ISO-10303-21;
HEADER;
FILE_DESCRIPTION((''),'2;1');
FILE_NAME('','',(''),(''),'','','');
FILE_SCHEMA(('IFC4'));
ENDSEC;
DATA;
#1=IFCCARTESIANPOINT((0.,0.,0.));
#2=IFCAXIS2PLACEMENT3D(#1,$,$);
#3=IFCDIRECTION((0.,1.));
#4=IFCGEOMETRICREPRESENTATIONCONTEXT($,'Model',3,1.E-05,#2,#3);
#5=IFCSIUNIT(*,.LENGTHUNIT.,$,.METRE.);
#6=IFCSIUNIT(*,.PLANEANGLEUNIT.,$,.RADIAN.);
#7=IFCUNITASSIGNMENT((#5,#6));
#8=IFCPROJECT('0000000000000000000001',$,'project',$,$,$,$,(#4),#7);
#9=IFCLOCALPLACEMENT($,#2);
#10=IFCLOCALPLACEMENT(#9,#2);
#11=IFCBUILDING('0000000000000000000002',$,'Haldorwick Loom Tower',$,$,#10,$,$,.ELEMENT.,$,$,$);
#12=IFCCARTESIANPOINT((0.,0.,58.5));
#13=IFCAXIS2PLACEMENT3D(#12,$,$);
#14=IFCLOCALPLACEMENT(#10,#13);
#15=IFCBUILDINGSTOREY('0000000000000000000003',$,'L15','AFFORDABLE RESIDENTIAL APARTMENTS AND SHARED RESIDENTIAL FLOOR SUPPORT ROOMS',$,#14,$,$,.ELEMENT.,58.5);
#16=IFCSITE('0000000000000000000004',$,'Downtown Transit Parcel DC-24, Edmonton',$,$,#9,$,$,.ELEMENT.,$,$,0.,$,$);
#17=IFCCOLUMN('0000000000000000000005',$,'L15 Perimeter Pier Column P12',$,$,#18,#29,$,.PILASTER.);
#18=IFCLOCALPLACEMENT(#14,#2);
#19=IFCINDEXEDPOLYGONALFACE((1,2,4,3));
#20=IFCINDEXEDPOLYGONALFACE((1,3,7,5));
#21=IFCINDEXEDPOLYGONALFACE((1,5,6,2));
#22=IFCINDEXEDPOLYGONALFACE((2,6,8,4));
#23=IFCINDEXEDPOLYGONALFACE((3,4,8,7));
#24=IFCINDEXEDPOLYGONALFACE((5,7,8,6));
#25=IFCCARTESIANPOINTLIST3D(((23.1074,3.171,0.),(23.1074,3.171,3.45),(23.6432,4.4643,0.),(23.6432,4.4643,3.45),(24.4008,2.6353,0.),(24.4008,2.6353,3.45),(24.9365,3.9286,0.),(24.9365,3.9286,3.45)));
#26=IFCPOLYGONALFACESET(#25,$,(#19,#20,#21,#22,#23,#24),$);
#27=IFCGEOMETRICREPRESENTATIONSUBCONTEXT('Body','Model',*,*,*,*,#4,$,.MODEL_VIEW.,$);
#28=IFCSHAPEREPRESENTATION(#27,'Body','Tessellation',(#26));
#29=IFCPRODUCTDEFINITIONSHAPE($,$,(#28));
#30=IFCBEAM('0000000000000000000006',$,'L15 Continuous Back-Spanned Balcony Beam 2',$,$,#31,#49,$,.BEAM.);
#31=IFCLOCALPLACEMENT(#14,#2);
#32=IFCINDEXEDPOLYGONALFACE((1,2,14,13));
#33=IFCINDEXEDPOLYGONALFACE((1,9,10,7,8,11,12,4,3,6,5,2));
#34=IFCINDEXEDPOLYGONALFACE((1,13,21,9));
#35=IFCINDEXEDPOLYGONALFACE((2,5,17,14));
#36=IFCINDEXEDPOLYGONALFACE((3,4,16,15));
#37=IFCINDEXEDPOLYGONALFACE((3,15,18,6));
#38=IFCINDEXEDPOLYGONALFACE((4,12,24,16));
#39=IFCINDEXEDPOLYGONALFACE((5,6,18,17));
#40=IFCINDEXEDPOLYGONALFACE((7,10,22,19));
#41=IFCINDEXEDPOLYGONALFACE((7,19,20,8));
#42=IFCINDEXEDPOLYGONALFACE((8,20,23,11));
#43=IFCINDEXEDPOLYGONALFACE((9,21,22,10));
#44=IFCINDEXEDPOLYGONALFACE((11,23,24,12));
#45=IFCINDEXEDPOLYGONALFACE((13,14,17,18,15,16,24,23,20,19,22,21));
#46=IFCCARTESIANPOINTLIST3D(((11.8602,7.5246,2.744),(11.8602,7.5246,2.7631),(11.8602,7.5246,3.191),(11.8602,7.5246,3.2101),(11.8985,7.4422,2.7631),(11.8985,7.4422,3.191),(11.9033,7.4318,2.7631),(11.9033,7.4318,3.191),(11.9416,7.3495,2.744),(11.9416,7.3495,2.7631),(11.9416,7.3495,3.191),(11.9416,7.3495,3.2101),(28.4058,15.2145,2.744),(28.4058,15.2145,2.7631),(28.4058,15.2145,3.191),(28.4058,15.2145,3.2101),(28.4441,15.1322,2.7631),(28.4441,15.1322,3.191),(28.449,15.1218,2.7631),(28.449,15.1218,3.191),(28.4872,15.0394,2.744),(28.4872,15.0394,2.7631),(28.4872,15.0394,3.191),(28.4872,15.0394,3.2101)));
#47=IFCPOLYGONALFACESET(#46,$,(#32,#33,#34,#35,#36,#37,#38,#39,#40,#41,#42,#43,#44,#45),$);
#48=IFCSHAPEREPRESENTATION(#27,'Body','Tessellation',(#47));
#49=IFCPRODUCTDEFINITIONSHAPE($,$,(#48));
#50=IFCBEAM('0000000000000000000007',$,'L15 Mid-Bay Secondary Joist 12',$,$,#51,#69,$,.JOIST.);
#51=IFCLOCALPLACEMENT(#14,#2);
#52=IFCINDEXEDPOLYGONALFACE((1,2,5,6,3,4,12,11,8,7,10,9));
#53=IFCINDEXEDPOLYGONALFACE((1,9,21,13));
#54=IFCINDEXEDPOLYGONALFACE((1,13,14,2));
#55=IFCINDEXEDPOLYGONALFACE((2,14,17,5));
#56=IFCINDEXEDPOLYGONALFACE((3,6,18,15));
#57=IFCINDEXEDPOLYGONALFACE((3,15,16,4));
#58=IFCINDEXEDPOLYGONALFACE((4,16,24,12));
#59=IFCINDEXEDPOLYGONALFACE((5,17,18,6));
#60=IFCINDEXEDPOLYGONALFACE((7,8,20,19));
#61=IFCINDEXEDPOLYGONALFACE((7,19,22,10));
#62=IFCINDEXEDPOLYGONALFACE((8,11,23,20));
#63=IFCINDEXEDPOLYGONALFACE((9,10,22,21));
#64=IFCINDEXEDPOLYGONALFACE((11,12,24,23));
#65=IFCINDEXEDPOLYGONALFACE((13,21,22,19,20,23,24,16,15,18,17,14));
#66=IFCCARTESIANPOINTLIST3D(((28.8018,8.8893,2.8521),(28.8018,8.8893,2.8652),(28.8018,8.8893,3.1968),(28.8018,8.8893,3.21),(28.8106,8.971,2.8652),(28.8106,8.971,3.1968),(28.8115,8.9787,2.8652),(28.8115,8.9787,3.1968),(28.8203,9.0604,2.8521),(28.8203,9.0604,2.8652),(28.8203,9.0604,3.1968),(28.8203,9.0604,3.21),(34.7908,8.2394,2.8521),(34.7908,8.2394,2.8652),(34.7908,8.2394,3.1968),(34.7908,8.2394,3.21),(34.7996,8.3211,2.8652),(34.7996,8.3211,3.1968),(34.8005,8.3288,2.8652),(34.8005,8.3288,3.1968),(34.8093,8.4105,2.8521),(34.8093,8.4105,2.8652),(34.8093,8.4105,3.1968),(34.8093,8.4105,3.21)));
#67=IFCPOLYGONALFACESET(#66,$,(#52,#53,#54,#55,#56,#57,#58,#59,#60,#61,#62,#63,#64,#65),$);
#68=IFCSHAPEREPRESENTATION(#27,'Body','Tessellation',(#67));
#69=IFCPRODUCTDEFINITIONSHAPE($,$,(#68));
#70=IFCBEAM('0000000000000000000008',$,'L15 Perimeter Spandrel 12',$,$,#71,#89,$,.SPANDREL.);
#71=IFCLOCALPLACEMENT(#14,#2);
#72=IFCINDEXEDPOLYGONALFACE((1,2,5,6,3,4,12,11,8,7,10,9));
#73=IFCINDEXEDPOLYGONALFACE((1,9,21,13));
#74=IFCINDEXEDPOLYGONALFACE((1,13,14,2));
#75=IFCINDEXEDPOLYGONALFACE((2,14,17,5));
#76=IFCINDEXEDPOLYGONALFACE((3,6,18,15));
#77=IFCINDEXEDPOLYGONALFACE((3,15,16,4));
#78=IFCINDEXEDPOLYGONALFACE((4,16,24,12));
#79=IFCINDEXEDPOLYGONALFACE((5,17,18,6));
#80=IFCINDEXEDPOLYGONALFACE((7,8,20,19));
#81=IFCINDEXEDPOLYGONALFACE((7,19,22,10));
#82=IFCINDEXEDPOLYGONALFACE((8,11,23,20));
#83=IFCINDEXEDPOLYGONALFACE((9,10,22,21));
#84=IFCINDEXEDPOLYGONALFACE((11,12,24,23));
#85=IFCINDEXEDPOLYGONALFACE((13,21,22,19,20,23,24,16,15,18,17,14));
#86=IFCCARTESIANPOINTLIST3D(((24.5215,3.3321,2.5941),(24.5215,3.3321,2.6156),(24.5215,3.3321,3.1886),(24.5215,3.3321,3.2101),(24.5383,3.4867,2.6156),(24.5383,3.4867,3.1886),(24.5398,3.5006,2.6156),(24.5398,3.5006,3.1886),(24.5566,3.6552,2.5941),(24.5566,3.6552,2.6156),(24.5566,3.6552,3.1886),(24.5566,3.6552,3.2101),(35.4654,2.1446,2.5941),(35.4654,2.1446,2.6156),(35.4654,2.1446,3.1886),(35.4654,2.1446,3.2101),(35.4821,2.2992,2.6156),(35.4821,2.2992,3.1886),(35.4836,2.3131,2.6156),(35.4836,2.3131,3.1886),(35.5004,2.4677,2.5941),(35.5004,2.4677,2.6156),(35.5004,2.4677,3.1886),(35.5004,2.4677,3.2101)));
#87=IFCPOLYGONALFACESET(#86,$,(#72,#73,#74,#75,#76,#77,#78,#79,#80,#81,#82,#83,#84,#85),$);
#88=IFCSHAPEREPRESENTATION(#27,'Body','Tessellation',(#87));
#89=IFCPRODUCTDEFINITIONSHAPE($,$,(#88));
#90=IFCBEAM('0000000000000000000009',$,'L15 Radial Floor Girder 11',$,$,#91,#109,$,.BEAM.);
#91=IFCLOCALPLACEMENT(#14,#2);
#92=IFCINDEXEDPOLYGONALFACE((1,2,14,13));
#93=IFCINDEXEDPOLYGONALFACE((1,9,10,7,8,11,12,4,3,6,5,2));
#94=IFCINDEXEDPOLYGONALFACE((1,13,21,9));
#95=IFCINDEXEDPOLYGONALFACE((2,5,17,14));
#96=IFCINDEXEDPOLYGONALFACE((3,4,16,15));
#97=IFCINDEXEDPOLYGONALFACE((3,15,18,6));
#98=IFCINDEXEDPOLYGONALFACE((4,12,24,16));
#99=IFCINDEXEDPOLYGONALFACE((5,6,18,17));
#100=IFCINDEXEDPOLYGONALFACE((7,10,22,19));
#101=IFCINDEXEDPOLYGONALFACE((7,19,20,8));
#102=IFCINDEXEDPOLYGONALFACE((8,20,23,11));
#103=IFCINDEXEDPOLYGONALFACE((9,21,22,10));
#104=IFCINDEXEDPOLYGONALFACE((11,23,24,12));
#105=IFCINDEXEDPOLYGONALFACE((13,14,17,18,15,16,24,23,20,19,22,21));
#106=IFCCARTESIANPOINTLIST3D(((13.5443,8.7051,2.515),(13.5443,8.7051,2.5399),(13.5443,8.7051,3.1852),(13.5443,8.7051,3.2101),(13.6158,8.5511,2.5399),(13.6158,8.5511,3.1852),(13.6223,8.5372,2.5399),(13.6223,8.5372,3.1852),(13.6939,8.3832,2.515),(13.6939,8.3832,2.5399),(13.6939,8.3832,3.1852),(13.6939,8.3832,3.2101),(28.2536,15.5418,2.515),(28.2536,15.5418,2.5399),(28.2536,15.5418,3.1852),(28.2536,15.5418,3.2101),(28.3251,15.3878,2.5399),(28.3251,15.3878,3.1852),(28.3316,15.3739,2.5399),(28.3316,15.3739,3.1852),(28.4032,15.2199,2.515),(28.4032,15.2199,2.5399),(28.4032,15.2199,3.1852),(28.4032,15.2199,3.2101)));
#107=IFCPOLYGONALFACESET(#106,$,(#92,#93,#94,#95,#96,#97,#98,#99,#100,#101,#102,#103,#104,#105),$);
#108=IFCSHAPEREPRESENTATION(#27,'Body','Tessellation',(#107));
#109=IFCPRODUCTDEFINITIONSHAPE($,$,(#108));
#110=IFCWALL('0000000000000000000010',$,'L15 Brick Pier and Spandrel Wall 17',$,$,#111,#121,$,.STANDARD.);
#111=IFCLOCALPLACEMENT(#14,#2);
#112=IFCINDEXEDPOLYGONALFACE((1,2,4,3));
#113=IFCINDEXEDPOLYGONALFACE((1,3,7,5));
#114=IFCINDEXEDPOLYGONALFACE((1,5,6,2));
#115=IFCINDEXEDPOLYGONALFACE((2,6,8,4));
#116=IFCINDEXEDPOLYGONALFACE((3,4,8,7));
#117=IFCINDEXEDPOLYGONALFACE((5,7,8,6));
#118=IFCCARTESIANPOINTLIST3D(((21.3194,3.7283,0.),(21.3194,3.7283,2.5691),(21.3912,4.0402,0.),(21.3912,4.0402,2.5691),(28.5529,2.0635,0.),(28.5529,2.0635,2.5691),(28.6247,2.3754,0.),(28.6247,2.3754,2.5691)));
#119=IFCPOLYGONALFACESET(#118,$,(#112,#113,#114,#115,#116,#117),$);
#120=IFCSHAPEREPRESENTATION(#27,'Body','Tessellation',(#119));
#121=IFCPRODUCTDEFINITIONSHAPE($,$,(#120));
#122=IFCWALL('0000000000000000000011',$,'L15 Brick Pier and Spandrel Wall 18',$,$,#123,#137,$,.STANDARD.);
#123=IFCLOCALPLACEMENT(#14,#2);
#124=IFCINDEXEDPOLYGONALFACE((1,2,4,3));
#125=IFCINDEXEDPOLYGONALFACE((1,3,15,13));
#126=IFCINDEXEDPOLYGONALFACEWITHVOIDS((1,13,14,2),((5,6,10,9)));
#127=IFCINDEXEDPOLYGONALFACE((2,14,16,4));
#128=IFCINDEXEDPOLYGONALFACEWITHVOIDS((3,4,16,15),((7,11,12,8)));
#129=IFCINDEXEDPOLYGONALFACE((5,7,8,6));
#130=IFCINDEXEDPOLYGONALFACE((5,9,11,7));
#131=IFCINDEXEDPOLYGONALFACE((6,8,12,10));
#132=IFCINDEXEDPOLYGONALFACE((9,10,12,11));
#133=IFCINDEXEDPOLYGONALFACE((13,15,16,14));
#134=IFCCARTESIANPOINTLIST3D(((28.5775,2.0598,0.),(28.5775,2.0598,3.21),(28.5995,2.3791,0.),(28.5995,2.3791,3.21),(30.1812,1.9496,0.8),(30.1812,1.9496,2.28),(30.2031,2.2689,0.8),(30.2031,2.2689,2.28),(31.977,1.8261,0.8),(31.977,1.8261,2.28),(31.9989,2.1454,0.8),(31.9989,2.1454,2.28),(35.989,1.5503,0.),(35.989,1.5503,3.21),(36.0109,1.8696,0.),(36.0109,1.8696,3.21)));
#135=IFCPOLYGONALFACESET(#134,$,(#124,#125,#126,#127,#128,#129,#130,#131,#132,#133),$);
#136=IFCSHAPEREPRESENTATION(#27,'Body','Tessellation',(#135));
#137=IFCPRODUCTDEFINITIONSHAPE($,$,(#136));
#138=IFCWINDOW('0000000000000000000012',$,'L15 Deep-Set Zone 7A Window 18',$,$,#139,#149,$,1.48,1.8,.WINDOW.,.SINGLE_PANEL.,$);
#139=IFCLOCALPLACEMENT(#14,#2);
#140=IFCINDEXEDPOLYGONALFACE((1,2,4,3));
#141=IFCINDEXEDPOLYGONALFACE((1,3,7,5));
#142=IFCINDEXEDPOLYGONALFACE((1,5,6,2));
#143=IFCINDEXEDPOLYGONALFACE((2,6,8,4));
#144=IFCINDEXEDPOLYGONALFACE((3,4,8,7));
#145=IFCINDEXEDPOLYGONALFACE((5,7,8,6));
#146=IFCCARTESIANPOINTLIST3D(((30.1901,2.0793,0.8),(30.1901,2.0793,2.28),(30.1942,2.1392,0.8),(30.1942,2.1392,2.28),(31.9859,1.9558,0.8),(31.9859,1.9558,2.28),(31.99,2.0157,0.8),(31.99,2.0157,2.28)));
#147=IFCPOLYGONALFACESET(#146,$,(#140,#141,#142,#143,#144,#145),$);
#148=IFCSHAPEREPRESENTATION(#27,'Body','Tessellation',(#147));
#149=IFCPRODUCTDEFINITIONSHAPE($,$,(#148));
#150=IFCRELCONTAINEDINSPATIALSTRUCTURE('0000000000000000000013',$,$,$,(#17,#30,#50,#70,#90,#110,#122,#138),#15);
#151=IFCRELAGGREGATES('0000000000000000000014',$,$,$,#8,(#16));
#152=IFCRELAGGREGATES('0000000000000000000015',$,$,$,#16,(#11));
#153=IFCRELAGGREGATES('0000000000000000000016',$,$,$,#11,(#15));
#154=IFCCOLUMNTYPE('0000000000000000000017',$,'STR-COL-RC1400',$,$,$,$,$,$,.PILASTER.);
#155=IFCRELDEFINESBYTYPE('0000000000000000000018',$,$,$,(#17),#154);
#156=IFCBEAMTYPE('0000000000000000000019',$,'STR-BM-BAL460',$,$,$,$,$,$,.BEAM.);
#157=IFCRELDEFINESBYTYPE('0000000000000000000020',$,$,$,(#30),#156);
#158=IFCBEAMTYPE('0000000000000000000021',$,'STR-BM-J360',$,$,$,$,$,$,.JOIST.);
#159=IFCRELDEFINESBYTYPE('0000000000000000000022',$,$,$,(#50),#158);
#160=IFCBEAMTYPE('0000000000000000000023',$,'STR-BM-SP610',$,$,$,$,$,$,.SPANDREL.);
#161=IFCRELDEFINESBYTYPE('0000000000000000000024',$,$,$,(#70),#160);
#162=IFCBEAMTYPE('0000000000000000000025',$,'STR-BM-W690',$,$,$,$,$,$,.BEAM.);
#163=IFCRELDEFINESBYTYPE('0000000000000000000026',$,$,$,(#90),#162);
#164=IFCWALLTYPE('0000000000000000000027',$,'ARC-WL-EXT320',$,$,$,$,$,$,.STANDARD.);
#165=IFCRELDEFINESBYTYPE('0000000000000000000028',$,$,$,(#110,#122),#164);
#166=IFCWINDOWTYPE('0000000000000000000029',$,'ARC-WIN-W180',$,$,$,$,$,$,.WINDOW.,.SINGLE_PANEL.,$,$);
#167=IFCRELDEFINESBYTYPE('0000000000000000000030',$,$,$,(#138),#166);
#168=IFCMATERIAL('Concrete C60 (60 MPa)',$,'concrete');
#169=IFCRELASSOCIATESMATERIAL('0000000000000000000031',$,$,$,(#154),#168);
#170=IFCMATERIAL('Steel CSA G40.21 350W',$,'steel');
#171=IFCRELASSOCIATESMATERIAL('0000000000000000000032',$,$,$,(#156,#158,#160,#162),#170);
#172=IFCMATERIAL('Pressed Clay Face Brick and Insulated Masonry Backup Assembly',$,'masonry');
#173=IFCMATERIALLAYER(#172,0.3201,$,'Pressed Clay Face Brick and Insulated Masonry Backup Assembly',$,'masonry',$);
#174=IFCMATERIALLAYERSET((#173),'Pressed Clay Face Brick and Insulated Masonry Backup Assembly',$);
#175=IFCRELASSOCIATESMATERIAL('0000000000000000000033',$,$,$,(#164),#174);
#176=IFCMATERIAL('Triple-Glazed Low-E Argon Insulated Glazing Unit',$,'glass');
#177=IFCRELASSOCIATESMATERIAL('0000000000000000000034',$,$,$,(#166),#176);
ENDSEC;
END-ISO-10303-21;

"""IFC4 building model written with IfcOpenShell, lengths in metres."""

from ifc_helpers import new_model, si_unit, direction, frame, frame_2d, origin, origin_2d, place, context, subcontext, project, spatial, rectangle, i_section, extrude, material, layer, layer_set, material_profile, profile_set, type_object, element, fill, save


model = new_model("IFC4")

# Units and contexts
model_context = context("Model", 3, precision=1e-05, world=origin(), true_north=direction((0.0, 1.0)))
body_context = subcontext(model_context, "Body", "Model", "MODEL_VIEW")
ifc_project = project(units=[si_unit("LENGTHUNIT", "METRE"), si_unit("PLANEANGLEUNIT", "RADIAN")], contexts=[model_context])

# Site, building, storey
site_placement = place(None, origin())
site = spatial("IfcSite", under=ifc_project, at=site_placement, Name="Downtown Transit Parcel DC-24, Edmonton", CompositionType="ELEMENT", RefElevation=0.0)
building_placement = place(site_placement, origin())
building = spatial("IfcBuilding", under=site, at=building_placement, Name="Haldorwick Loom Tower", CompositionType="ELEMENT")
storey_placement = place(building_placement, frame((0.0, 0.0, 58.5)))
storey = spatial("IfcBuildingStorey", under=building, at=storey_placement, Name="L15", Description="AFFORDABLE RESIDENTIAL APARTMENTS AND SHARED RESIDENTIAL FLOOR SUPPORT ROOMS", CompositionType="ELEMENT", Elevation=58.5)

# Column
ifc_material_1 = material(Name="Concrete C60 (60 MPa)", Category="concrete")
ifc_material_profile_1 = material_profile(ifc_material_1, rectangle(XDim=1.3999, YDim=1.3999, at=origin_2d()), Name="RC1400X1400", Category="concrete")
ifc_profile_set_1 = profile_set([ifc_material_profile_1], Name="Concrete C60 (60 MPa)")
column_type = type_object("IfcColumnType", Name="STR-COL-RC1400", PredefinedType="PILASTER", material=ifc_profile_set_1)
column_placement = place(storey_placement, frame((24.022, 3.5498, 0.0), z_axis=(0.0, 0.0, 1.0), x_axis=(-0.382683, -0.92388, 0.0)))
element("IfcColumn", 1, at=column_placement, inside=storey, type_object=column_type, Name="L15 Perimeter Pier Column P12", PredefinedType="PILASTER", context=body_context, shape_type="SweptSolid", body=[
    extrude(rectangle(XDim=1.3999, YDim=1.3999, at=origin_2d()), origin(), (0.0, 0.0, 1.0), 3.45),
])

# Beams
ifc_material_2 = material(Name="Steel CSA G40.21 350W", Category="steel")
ifc_material_profile_2 = material_profile(ifc_material_2, i_section(OverallWidth=0.1931, OverallDepth=0.4661, WebThickness=0.0115, FlangeThickness=0.019, at=origin_2d()), Name="W460X97", Category="steel")
ifc_profile_set_2 = profile_set([ifc_material_profile_2], Name="Steel CSA G40.21 350W")
beam_type_1 = type_object("IfcBeamType", Name="STR-BM-BAL460", PredefinedType="BEAM", material=ifc_profile_set_2)
beam_1_placement = place(storey_placement, frame((28.4465, 15.127, 2.9771), z_axis=(-0.906841, -0.421473, 0.0), x_axis=(0.421473, -0.906841, 0.0)))
element("IfcBeam", 2, at=beam_1_placement, inside=storey, type_object=beam_type_1, Name="L15 Continuous Back-Spanned Balcony Beam 2", PredefinedType="BEAM", context=body_context, shape_type="SweptSolid", body=[
    extrude(i_section(OverallWidth=0.1931, OverallDepth=0.4661, WebThickness=0.0115, FlangeThickness=0.019, at=origin_2d()), origin(), (0.0, 0.0, 1.0), 18.2454),
])
ifc_material_profile_3 = material_profile(ifc_material_2, i_section(OverallWidth=0.1721, OverallDepth=0.3579, WebThickness=0.0078, FlangeThickness=0.0132, at=origin_2d()), Name="W360X57", Category="steel")
ifc_profile_set_3 = profile_set([ifc_material_profile_3], Name="Steel CSA G40.21 350W")
beam_type_2 = type_object("IfcBeamType", Name="STR-BM-J360", PredefinedType="JOIST", material=ifc_profile_set_3)
beam_2_placement = place(storey_placement, frame((28.811, 8.9749, 3.031), z_axis=(0.994164, -0.107882, 0.0), x_axis=(0.107882, 0.994164, 0.0)))
element("IfcBeam", 3, at=beam_2_placement, inside=storey, type_object=beam_type_2, Name="L15 Mid-Bay Secondary Joist 12", PredefinedType="JOIST", context=body_context, shape_type="SweptSolid", body=[
    extrude(i_section(OverallWidth=0.1721, OverallDepth=0.3579, WebThickness=0.0078, FlangeThickness=0.0132, at=origin_2d()), origin(), (0.0, 0.0, 1.0), 6.0242),
])
ifc_material_profile_4 = material_profile(ifc_material_2, i_section(OverallWidth=0.325, OverallDepth=0.616, WebThickness=0.0139, FlangeThickness=0.0215, at=origin_2d()), Name="W610X174", Category="steel")
ifc_profile_set_4 = profile_set([ifc_material_profile_4], Name="Steel CSA G40.21 350W")
beam_type_3 = type_object("IfcBeamType", Name="STR-BM-SP610", PredefinedType="SPANDREL", material=ifc_profile_set_4)
beam_3_placement = place(storey_placement, frame((24.5391, 3.4937, 2.9021), z_axis=(0.994164, -0.107875, 0.0), x_axis=(0.107875, 0.994164, 0.0)))
element("IfcBeam", 4, at=beam_3_placement, inside=storey, type_object=beam_type_3, Name="L15 Perimeter Spandrel 12", PredefinedType="SPANDREL", context=body_context, shape_type="SweptSolid", body=[
    extrude(i_section(OverallWidth=0.325, OverallDepth=0.616, WebThickness=0.0139, FlangeThickness=0.0215, at=origin_2d()), origin(), (0.0, 0.0, 1.0), 11.0081),
])
ifc_material_profile_5 = material_profile(ifc_material_2, i_section(OverallWidth=0.355, OverallDepth=0.6951, WebThickness=0.0154, FlangeThickness=0.0249, at=origin_2d()), Name="W690X217", Category="steel")
ifc_profile_set_5 = profile_set([ifc_material_profile_5], Name="Steel CSA G40.21 350W")
beam_type_4 = type_object("IfcBeamType", Name="STR-BM-W690", PredefinedType="BEAM", material=ifc_profile_set_5)
beam_4_placement = place(storey_placement, frame((28.3284, 15.3809, 2.8625), z_axis=(-0.906835, -0.421486, 0.0), x_axis=(0.421486, -0.906835, 0.0)))
element("IfcBeam", 5, at=beam_4_placement, inside=storey, type_object=beam_type_4, Name="L15 Radial Floor Girder 11", PredefinedType="BEAM", context=body_context, shape_type="SweptSolid", body=[
    extrude(i_section(OverallWidth=0.355, OverallDepth=0.6951, WebThickness=0.0154, FlangeThickness=0.0249, at=origin_2d()), origin(), (0.0, 0.0, 1.0), 16.2205),
])

# Wall
ifc_material_3 = material(Name="Pressed Clay Face Brick and Insulated Masonry Backup Assembly", Category="masonry")
ifc_layer_1 = layer(ifc_material_3, 0.3201, Name="Pressed Clay Face Brick and Insulated Masonry Backup Assembly", Category="masonry")
ifc_layer_set_1 = layer_set([ifc_layer_1], Name="Pressed Clay Face Brick and Insulated Masonry Backup Assembly")
wall_type_1 = type_object("IfcWallType", Name="ARC-WL-EXT320", PredefinedType="STANDARD", material=ifc_layer_set_1)
wall_1_placement = place(storey_placement, frame((21.3552, 3.8843, 0.0), z_axis=(0.0, 0.0, 1.0), x_axis=(0.974522, -0.22429, 0.0)))
element("IfcWall", 6, at=wall_1_placement, inside=storey, type_object=wall_type_1, Name="L15 Brick Pier and Spandrel Wall 17", PredefinedType="STANDARD", context=body_context, shape_type="SweptSolid", body=[
    extrude(rectangle(XDim=7.4226, YDim=0.3201, at=frame_2d((3.7114, 0.0))), origin(), (0.0, 0.0, 1.0), 2.5691),
])

# Wall, opening, window
wall_2_placement = place(storey_placement, frame((28.5886, 2.2195, 0.0), z_axis=(0.0, 0.0, 1.0), x_axis=(0.997645, -0.068587, 0.0)))
wall_2 = element("IfcWall", 7, at=wall_2_placement, inside=storey, type_object=wall_type_1, Name="L15 Brick Pier and Spandrel Wall 18", PredefinedType="STANDARD", context=body_context, shape_type="SweptSolid", body=[
    extrude(rectangle(XDim=7.429, YDim=0.3201, at=frame_2d((3.7144, 0.0))), origin(), (0.0, 0.0, 1.0), 3.21),
])
opening_1_placement = place(wall_2_placement, frame((1.6074, 0.0, 0.8)))
opening_1 = element("IfcOpeningElement", 8, at=opening_1_placement, cuts=wall_2, PredefinedType="OPENING", context=body_context, shape_type="SweptSolid", body=[
    extrude(rectangle(XDim=1.8, YDim=1.48, at=frame_2d((0.8999, 0.74))), frame((0.0, 0.1699, 0.0), z_axis=(0.0, -1.0, 0.0), x_axis=(1.0, 0.0, 0.0)), (0.0, 0.0, 1.0), 0.3401),
])
ifc_material_4 = material(Name="Triple-Glazed Low-E Argon Insulated Glazing Unit", Category="glass")
window_type = type_object("IfcWindowType", Name="ARC-WIN-W180", PartitioningType="SINGLE_PANEL", PredefinedType="WINDOW", material=ifc_material_4)
window_placement = place(opening_1_placement, origin())
window = element("IfcWindow", 9, at=window_placement, inside=storey, type_object=window_type, Name="L15 Deep-Set Zone 7A Window 18", OverallHeight=1.48, OverallWidth=1.8, PartitioningType="SINGLE_PANEL", PredefinedType="WINDOW", context=body_context, shape_type="SweptSolid", body=[
    extrude(rectangle(XDim=1.8, YDim=1.48, at=frame_2d((0.8999, 0.74))), frame((0.0, 0.03, 0.0), z_axis=(0.0, -1.0, 0.0), x_axis=(1.0, 0.0, 0.0)), (0.0, 0.0, 1.0), 0.0601),
])
fill(opening_1, window)

save(model, "model.ifc")
